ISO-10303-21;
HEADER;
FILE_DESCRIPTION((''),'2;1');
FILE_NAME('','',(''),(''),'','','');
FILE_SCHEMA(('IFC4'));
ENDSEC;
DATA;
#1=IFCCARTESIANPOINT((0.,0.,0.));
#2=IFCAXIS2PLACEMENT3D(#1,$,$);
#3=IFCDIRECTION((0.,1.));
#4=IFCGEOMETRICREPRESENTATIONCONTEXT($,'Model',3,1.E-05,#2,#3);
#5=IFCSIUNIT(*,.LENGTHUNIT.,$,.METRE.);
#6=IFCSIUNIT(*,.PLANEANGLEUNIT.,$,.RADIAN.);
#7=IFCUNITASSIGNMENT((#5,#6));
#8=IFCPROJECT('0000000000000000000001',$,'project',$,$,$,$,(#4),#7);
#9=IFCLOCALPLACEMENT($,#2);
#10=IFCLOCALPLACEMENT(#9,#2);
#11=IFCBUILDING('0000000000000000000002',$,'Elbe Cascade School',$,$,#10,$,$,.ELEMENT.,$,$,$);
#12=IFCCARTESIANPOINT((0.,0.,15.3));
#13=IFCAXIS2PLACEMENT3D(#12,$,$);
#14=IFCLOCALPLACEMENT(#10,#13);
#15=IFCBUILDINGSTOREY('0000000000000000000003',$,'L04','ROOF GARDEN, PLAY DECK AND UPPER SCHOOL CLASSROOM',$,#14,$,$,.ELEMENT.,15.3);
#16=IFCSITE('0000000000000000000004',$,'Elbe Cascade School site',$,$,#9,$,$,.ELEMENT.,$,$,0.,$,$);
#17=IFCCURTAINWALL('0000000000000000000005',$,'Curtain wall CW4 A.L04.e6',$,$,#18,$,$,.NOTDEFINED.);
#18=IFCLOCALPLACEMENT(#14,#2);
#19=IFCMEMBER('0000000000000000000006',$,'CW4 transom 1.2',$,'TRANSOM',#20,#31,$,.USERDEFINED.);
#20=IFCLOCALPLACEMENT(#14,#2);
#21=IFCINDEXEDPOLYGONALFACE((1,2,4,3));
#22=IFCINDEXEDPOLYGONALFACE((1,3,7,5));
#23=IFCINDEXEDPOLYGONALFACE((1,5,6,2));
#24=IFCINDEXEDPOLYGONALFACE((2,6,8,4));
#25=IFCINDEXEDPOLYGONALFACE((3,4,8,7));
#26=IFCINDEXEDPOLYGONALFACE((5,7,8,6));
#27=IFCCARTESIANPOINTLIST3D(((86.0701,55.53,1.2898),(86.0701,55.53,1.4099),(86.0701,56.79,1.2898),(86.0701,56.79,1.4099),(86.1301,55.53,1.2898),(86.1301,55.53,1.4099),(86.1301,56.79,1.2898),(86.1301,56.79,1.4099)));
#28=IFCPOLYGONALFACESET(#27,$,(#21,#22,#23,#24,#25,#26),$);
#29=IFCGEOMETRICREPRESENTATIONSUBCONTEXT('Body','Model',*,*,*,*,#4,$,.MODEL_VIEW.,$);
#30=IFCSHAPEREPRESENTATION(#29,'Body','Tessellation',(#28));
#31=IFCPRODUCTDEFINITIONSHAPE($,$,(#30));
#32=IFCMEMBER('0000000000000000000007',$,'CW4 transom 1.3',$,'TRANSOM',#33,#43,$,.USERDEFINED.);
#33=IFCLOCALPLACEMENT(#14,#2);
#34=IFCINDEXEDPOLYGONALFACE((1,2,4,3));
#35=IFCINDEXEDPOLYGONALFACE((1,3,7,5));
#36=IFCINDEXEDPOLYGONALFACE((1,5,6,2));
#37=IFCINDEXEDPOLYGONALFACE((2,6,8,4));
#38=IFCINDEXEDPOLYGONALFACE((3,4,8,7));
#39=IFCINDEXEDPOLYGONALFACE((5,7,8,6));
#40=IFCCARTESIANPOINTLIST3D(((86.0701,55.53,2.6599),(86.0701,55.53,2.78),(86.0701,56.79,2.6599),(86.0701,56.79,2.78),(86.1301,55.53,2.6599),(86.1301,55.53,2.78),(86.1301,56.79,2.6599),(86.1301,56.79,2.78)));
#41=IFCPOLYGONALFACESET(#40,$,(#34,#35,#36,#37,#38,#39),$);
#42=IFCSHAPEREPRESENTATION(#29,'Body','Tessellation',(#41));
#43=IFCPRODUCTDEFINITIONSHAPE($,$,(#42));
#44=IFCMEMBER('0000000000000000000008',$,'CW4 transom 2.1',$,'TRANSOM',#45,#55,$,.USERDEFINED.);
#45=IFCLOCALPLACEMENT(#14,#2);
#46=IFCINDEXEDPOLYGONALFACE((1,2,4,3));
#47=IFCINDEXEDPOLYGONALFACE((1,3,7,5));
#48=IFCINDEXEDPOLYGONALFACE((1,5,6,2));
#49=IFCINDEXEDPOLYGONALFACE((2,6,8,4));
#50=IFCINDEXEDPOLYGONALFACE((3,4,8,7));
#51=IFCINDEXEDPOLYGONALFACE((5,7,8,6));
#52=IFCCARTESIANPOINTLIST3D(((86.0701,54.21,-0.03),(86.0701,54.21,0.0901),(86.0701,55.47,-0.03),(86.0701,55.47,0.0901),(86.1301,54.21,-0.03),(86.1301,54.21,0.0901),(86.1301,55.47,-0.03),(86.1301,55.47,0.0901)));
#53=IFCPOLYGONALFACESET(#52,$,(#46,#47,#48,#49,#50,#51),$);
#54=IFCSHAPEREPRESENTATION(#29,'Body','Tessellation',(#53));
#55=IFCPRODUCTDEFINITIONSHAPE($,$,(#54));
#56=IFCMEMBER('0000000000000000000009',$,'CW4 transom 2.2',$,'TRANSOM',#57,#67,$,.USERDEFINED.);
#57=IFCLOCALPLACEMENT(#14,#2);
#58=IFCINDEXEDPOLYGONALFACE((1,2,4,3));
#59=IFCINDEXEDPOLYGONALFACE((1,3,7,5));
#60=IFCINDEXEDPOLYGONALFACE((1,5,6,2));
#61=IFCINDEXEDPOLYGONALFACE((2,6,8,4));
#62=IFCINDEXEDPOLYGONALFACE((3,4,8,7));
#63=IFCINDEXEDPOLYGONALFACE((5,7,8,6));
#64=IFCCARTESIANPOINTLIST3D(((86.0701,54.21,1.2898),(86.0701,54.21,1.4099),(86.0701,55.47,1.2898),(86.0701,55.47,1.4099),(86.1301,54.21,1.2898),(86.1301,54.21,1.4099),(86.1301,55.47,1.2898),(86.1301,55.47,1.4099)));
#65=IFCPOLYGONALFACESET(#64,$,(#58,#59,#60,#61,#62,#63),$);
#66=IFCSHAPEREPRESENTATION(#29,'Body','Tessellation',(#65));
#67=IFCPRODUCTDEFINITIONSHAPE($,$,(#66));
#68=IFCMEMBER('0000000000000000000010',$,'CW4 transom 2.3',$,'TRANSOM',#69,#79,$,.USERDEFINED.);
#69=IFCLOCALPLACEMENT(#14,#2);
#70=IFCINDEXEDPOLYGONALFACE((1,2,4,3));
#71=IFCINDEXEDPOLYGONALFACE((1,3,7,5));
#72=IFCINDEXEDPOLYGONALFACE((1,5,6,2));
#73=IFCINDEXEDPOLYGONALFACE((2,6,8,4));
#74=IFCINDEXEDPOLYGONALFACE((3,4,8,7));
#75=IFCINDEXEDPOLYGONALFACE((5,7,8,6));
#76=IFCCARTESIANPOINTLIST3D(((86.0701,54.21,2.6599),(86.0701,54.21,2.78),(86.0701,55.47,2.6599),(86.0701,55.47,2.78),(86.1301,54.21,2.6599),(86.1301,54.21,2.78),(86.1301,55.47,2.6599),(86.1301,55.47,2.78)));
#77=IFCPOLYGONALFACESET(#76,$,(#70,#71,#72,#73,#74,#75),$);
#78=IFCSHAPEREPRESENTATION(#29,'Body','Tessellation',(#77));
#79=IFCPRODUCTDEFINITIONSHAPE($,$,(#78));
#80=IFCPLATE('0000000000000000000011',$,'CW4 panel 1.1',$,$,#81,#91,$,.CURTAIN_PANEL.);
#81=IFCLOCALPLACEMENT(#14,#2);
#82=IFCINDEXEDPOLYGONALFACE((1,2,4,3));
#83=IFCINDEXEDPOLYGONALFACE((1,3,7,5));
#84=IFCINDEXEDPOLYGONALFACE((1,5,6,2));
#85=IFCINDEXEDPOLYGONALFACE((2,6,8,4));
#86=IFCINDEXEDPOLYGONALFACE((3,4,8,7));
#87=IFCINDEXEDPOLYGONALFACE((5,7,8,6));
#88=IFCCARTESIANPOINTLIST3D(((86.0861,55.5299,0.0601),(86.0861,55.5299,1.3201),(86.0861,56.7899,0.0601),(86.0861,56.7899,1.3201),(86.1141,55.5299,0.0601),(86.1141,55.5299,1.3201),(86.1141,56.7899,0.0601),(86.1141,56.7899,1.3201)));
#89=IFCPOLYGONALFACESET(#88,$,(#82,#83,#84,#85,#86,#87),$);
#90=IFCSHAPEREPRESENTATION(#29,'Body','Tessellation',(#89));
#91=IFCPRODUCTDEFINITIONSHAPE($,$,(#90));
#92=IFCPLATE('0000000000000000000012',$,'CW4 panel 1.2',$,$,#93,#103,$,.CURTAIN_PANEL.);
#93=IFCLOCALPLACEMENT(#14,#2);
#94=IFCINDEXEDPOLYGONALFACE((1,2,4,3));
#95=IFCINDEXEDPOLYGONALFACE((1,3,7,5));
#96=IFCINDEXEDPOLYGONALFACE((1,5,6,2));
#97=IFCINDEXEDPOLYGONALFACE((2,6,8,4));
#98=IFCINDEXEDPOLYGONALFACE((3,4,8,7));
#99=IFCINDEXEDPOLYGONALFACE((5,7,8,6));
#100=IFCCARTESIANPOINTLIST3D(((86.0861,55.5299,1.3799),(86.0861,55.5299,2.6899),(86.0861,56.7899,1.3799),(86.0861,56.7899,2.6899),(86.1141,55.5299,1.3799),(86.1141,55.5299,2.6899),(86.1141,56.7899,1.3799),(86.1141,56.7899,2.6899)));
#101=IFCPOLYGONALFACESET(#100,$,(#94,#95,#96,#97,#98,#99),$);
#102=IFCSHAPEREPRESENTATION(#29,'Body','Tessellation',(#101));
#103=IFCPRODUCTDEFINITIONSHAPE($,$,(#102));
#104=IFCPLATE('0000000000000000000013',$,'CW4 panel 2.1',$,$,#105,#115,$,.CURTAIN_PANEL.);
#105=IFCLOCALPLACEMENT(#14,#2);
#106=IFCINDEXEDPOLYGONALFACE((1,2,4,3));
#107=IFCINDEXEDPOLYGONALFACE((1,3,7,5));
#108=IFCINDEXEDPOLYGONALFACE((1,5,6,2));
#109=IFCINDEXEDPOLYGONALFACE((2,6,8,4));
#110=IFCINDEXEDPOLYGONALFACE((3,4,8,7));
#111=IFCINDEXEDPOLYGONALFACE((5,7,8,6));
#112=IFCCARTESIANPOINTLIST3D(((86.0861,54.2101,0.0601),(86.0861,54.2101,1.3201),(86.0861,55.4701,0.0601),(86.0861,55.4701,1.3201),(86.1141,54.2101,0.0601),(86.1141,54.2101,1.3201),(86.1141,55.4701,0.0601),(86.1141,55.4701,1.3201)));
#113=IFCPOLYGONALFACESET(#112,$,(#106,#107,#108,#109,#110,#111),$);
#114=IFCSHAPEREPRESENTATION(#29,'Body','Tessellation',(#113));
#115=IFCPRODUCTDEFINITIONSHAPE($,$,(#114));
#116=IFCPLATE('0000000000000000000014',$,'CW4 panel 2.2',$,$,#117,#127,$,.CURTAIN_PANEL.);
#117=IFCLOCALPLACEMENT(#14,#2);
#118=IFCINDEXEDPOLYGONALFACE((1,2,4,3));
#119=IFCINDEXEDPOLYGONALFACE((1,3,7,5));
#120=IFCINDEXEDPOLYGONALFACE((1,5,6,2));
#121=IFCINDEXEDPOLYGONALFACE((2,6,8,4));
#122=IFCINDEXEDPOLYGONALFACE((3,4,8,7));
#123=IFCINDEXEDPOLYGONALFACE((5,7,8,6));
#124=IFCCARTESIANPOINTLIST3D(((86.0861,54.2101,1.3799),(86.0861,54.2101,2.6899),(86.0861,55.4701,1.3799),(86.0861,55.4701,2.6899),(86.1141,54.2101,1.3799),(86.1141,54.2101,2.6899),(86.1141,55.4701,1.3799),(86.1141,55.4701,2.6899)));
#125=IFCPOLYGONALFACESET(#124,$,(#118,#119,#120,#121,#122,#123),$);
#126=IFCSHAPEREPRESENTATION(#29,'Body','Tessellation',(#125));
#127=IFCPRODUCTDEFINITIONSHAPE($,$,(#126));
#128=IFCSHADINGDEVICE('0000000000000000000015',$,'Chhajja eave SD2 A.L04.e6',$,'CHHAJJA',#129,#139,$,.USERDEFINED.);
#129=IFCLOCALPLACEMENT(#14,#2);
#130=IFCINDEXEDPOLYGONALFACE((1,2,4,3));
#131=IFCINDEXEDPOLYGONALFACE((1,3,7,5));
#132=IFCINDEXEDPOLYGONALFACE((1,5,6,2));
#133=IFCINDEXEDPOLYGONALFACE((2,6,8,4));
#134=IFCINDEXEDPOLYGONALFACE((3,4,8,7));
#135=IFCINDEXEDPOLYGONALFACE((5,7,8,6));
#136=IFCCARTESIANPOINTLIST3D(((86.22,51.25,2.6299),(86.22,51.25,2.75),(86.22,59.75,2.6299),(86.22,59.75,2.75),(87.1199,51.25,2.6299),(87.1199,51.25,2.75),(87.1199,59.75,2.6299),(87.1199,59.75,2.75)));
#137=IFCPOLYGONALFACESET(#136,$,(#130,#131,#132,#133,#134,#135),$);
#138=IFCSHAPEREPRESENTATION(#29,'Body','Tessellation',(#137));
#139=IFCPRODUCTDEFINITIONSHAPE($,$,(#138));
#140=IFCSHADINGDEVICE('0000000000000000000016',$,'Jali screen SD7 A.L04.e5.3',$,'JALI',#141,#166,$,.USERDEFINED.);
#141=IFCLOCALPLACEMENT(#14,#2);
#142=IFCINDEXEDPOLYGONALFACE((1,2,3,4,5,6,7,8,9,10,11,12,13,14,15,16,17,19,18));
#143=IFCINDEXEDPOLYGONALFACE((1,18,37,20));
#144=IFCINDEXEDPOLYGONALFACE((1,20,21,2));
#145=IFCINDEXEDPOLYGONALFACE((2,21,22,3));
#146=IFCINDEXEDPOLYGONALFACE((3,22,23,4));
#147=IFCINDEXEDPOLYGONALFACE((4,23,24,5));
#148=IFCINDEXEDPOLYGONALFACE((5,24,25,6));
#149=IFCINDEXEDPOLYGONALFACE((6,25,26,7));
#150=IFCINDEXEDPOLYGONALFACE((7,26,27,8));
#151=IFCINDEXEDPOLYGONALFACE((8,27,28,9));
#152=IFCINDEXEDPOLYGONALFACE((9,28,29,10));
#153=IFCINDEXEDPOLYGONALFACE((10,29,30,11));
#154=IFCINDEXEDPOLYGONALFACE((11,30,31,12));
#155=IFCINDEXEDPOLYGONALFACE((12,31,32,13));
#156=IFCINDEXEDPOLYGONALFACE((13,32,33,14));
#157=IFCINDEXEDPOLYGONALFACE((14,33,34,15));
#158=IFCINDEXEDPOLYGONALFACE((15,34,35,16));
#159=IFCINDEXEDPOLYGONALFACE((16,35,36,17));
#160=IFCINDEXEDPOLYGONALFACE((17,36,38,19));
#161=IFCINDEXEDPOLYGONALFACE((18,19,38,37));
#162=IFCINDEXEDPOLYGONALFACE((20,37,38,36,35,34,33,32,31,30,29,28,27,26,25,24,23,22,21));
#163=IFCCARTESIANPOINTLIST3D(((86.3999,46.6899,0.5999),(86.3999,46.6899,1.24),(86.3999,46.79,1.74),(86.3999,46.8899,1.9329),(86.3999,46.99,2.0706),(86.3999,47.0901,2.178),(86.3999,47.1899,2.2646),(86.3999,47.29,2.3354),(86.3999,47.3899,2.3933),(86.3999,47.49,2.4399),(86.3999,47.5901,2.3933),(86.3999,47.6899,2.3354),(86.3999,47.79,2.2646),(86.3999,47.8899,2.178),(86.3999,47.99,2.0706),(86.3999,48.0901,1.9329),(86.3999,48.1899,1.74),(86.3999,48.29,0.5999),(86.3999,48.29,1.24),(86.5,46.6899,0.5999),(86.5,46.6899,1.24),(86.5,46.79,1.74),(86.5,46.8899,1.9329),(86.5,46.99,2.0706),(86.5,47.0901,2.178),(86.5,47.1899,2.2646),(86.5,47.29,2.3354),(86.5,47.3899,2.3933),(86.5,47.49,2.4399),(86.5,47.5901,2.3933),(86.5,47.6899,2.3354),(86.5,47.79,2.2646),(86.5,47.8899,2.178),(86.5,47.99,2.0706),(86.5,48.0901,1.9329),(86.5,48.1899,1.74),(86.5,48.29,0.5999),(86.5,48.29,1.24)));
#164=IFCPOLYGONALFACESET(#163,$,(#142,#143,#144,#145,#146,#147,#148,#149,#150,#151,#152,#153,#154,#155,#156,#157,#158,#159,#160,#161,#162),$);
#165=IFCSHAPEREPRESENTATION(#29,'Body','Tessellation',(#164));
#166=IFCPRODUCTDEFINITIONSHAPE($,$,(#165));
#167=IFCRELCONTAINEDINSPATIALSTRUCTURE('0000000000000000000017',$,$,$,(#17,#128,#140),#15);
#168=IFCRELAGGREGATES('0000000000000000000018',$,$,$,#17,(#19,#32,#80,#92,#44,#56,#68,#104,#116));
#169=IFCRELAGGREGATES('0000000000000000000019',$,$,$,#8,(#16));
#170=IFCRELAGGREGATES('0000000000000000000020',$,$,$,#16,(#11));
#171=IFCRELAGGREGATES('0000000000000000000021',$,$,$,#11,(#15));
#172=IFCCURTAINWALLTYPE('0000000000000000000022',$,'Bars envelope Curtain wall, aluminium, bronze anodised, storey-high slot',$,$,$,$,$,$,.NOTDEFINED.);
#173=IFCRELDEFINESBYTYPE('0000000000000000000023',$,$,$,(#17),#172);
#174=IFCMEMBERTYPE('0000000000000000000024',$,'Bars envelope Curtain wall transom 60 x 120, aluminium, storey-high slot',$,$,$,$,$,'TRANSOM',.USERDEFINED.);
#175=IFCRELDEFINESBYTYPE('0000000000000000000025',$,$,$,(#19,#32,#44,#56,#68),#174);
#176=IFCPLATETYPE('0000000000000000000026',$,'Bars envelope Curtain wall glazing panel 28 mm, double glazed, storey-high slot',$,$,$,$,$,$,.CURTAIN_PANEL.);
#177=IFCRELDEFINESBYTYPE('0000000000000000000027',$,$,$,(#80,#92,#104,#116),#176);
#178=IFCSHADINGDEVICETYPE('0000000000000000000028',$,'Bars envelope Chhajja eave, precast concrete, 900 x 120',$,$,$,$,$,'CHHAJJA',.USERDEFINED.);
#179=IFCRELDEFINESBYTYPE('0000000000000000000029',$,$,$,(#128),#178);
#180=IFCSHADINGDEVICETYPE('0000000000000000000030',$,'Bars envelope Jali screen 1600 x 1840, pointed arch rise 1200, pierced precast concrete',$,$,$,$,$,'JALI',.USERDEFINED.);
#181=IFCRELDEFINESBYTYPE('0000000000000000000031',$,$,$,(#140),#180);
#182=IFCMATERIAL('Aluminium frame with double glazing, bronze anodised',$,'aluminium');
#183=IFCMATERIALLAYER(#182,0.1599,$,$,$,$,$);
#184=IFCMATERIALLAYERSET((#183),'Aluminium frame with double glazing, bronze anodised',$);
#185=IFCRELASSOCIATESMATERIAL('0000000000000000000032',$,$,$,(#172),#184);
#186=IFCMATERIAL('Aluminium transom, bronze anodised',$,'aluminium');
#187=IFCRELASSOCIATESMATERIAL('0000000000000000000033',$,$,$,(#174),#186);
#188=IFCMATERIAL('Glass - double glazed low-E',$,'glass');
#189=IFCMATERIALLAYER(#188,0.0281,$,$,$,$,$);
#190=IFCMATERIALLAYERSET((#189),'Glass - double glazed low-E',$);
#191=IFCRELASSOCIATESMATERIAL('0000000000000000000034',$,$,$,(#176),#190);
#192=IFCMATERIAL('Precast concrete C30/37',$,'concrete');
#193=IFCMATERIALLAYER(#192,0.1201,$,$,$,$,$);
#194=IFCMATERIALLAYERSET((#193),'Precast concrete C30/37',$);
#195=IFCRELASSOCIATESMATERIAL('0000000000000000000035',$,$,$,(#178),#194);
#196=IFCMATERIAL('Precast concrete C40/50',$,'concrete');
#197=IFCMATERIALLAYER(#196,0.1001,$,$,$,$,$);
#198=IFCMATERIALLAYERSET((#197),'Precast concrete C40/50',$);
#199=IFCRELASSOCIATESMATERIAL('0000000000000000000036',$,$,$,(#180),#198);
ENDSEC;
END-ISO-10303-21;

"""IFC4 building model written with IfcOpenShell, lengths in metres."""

from ifc_helpers import new_model, si_unit, direction, frame, origin, origin_2d, place, context, subcontext, project, spatial, polyline, rectangle, outline, extrude, material, layer, layer_set, material_profile, profile_set, type_object, element, aggregate, save


model = new_model("IFC4")

# Units and contexts
model_context = context("Model", 3, precision=1e-05, world=origin(), true_north=direction((0.0, 1.0)))
body_context = subcontext(model_context, "Body", "Model", "MODEL_VIEW")
ifc_project = project(units=[si_unit("LENGTHUNIT", "METRE"), si_unit("PLANEANGLEUNIT", "RADIAN")], contexts=[model_context])

# Site, building, storey
site_placement = place(None, origin())
site = spatial("IfcSite", under=ifc_project, at=site_placement, Name="Elbe Cascade School site", CompositionType="ELEMENT", RefElevation=0.0)
building_placement = place(site_placement, origin())
building = spatial("IfcBuilding", under=site, at=building_placement, Name="Elbe Cascade School", CompositionType="ELEMENT")
storey_placement = place(building_placement, frame((0.0, 0.0, 15.3)))
storey = spatial("IfcBuildingStorey", under=building, at=storey_placement, Name="L04", Description="ROOF GARDEN, PLAY DECK AND UPPER SCHOOL CLASSROOM", CompositionType="ELEMENT", Elevation=15.3)

# Curtain wall, members, plates
ifc_material_1 = material(Name="Aluminium frame with double glazing, bronze anodised", Category="aluminium")
ifc_layer_1 = layer(ifc_material_1, 0.1599)
ifc_layer_set_1 = layer_set([ifc_layer_1], Name="Aluminium frame with double glazing, bronze anodised")
curtain_wall_type = type_object("IfcCurtainWallType", Name="Bars envelope Curtain wall, aluminium, bronze anodised, storey-high slot", PredefinedType="NOTDEFINED", material=ifc_layer_set_1)
curtain_wall_placement = place(storey_placement, origin())
curtain_wall = element("IfcCurtainWall", 1, at=curtain_wall_placement, inside=storey, type_object=curtain_wall_type, Name="Curtain wall CW4 A.L04.e6", PredefinedType="NOTDEFINED")
ifc_material_2 = material(Name="Aluminium transom, bronze anodised", Category="aluminium")
ifc_material_profile = material_profile(ifc_material_2, rectangle(XDim=0.0601, YDim=0.1201, at=origin_2d()), Name="Bars envelope Curtain wall transom 60 x 120, aluminium, storey-high slot")
ifc_profile_set = profile_set([ifc_material_profile], Name="Aluminium transom, bronze anodised")
member_type = type_object("IfcMemberType", Name="Bars envelope Curtain wall transom 60 x 120, aluminium, storey-high slot", ElementType="TRANSOM", PredefinedType="USERDEFINED", material=ifc_profile_set)
member_1_placement = place(storey_placement, frame((86.1001, 56.79, 1.3499), z_axis=(0.0, -1.0, 0.0), x_axis=(1.0, 0.0, 0.0)))
member_1 = element("IfcMember", 2, at=member_1_placement, type_object=member_type, Name="CW4 transom 1.2", ObjectType="TRANSOM", PredefinedType="USERDEFINED", context=body_context, shape_type="SweptSolid", body=[
    extrude(rectangle(XDim=0.0601, YDim=0.1201, at=origin_2d()), origin(), (0.0, 0.0, 1.0), 1.26),
])
member_2_placement = place(storey_placement, frame((86.1001, 56.79, 2.72), z_axis=(0.0, -1.0, 0.0), x_axis=(1.0, 0.0, 0.0)))
member_2 = element("IfcMember", 3, at=member_2_placement, type_object=member_type, Name="CW4 transom 1.3", ObjectType="TRANSOM", PredefinedType="USERDEFINED", context=body_context, shape_type="SweptSolid", body=[
    extrude(rectangle(XDim=0.0601, YDim=0.1201, at=origin_2d()), origin(), (0.0, 0.0, 1.0), 1.26),
])
member_3_placement = place(storey_placement, frame((86.1001, 55.47, 0.03), z_axis=(0.0, -1.0, 0.0), x_axis=(1.0, 0.0, 0.0)))
member_3 = element("IfcMember", 4, at=member_3_placement, type_object=member_type, Name="CW4 transom 2.1", ObjectType="TRANSOM", PredefinedType="USERDEFINED", context=body_context, shape_type="SweptSolid", body=[
    extrude(rectangle(XDim=0.0601, YDim=0.1201, at=origin_2d()), origin(), (0.0, 0.0, 1.0), 1.26),
])
member_4_placement = place(storey_placement, frame((86.1001, 55.47, 1.3499), z_axis=(0.0, -1.0, 0.0), x_axis=(1.0, 0.0, 0.0)))
member_4 = element("IfcMember", 5, at=member_4_placement, type_object=member_type, Name="CW4 transom 2.2", ObjectType="TRANSOM", PredefinedType="USERDEFINED", context=body_context, shape_type="SweptSolid", body=[
    extrude(rectangle(XDim=0.0601, YDim=0.1201, at=origin_2d()), origin(), (0.0, 0.0, 1.0), 1.26),
])
member_5_placement = place(storey_placement, frame((86.1001, 55.47, 2.72), z_axis=(0.0, -1.0, 0.0), x_axis=(1.0, 0.0, 0.0)))
member_5 = element("IfcMember", 6, at=member_5_placement, type_object=member_type, Name="CW4 transom 2.3", ObjectType="TRANSOM", PredefinedType="USERDEFINED", context=body_context, shape_type="SweptSolid", body=[
    extrude(rectangle(XDim=0.0601, YDim=0.1201, at=origin_2d()), origin(), (0.0, 0.0, 1.0), 1.26),
])
ifc_material_3 = material(Name="Glass - double glazed low-E", Category="glass")
ifc_layer_2 = layer(ifc_material_3, 0.0281)
ifc_layer_set_2 = layer_set([ifc_layer_2], Name="Glass - double glazed low-E")
plate_type = type_object("IfcPlateType", Name="Bars envelope Curtain wall glazing panel 28 mm, double glazed, storey-high slot", PredefinedType="CURTAIN_PANEL", material=ifc_layer_set_2)
plate_1_placement = place(storey_placement, frame((86.1001, 56.1599, 0.0601), z_axis=(0.0, 0.0, 1.0), x_axis=(0.0, -1.0, 0.0)))
plate_1 = element("IfcPlate", 7, at=plate_1_placement, type_object=plate_type, Name="CW4 panel 1.1", PredefinedType="CURTAIN_PANEL", context=body_context, shape_type="SweptSolid", body=[
    extrude(rectangle(XDim=1.26, YDim=0.0281, at=origin_2d()), origin(), (0.0, 0.0, 1.0), 1.26),
])
plate_2_placement = place(storey_placement, frame((86.1001, 56.1599, 1.3799), z_axis=(0.0, 0.0, 1.0), x_axis=(0.0, -1.0, 0.0)))
plate_2 = element("IfcPlate", 8, at=plate_2_placement, type_object=plate_type, Name="CW4 panel 1.2", PredefinedType="CURTAIN_PANEL", context=body_context, shape_type="SweptSolid", body=[
    extrude(rectangle(XDim=1.26, YDim=0.0281, at=origin_2d()), origin(), (0.0, 0.0, 1.0), 1.3101),
])
plate_3_placement = place(storey_placement, frame((86.1001, 54.8401, 0.0601), z_axis=(0.0, 0.0, 1.0), x_axis=(0.0, -1.0, 0.0)))
plate_3 = element("IfcPlate", 9, at=plate_3_placement, type_object=plate_type, Name="CW4 panel 2.1", PredefinedType="CURTAIN_PANEL", context=body_context, shape_type="SweptSolid", body=[
    extrude(rectangle(XDim=1.26, YDim=0.0281, at=origin_2d()), origin(), (0.0, 0.0, 1.0), 1.26),
])
plate_4_placement = place(storey_placement, frame((86.1001, 54.8401, 1.3799), z_axis=(0.0, 0.0, 1.0), x_axis=(0.0, -1.0, 0.0)))
plate_4 = element("IfcPlate", 10, at=plate_4_placement, type_object=plate_type, Name="CW4 panel 2.2", PredefinedType="CURTAIN_PANEL", context=body_context, shape_type="SweptSolid", body=[
    extrude(rectangle(XDim=1.26, YDim=0.0281, at=origin_2d()), origin(), (0.0, 0.0, 1.0), 1.3101),
])
aggregate(curtain_wall, [member_1, member_2, plate_1, plate_2, member_3, member_4, member_5, plate_3, plate_4])

# Shading devices
ifc_material_4 = material(Name="Precast concrete C30/37", Category="concrete")
ifc_layer_3 = layer(ifc_material_4, 0.1201)
ifc_layer_set_3 = layer_set([ifc_layer_3], Name="Precast concrete C30/37")
shading_device_type_1 = type_object("IfcShadingDeviceType", Name="Bars envelope Chhajja eave, precast concrete, 900 x 120", ElementType="CHHAJJA", PredefinedType="USERDEFINED", material=ifc_layer_set_3)
shading_device_1_placement = place(storey_placement, frame((86.6699, 55.5, 2.6299), z_axis=(0.0, 0.0, 1.0), x_axis=(0.0, 1.0, 0.0)))
element("IfcShadingDevice", 11, at=shading_device_1_placement, inside=storey, type_object=shading_device_type_1, Name="Chhajja eave SD2 A.L04.e6", ObjectType="CHHAJJA", PredefinedType="USERDEFINED", context=body_context, shape_type="SweptSolid", body=[
    extrude(rectangle(XDim=8.5, YDim=0.8999, at=origin_2d()), origin(), (0.0, 0.0, 1.0), 0.1201),
])
ifc_material_5 = material(Name="Precast concrete C40/50", Category="concrete")
ifc_layer_4 = layer(ifc_material_5, 0.1001)
ifc_layer_set_4 = layer_set([ifc_layer_4], Name="Precast concrete C40/50")
shading_device_type_2 = type_object("IfcShadingDeviceType", Name="Bars envelope Jali screen 1600 x 1840, pointed arch rise 1200, pierced precast concrete", ElementType="JALI", PredefinedType="USERDEFINED", material=ifc_layer_set_4)
shading_device_2_placement = place(storey_placement, frame((86.5, 46.6899, 0.5999), z_axis=(1.0, 0.0, 0.0), x_axis=(0.0, 1.0, 0.0)))
element("IfcShadingDevice", 12, at=shading_device_2_placement, inside=storey, type_object=shading_device_type_2, Name="Jali screen SD7 A.L04.e5.3", ObjectType="JALI", PredefinedType="USERDEFINED", context=body_context, shape_type="SweptSolid", body=[
    extrude(outline(polyline([(0.0, 0.0), (1.6001, 0.0), (1.6001, 0.6401), (1.5, 1.1401), (1.4001, 1.333), (1.3, 1.4707), (1.2, 1.5781), (1.1001, 1.6648), (1.0, 1.7356), (0.9001, 1.7935), (0.8, 1.8401), (0.7, 1.7935), (0.6001, 1.7356), (0.5, 1.6648), (0.4001, 1.5781), (0.3, 1.4707), (0.2, 1.333), (0.1001, 1.1401), (0.0, 0.6401), (0.0, 0.0)])), origin(), (0.0, 0.0, -1.0), 0.1001),
])

save(model, "model.ifc")
